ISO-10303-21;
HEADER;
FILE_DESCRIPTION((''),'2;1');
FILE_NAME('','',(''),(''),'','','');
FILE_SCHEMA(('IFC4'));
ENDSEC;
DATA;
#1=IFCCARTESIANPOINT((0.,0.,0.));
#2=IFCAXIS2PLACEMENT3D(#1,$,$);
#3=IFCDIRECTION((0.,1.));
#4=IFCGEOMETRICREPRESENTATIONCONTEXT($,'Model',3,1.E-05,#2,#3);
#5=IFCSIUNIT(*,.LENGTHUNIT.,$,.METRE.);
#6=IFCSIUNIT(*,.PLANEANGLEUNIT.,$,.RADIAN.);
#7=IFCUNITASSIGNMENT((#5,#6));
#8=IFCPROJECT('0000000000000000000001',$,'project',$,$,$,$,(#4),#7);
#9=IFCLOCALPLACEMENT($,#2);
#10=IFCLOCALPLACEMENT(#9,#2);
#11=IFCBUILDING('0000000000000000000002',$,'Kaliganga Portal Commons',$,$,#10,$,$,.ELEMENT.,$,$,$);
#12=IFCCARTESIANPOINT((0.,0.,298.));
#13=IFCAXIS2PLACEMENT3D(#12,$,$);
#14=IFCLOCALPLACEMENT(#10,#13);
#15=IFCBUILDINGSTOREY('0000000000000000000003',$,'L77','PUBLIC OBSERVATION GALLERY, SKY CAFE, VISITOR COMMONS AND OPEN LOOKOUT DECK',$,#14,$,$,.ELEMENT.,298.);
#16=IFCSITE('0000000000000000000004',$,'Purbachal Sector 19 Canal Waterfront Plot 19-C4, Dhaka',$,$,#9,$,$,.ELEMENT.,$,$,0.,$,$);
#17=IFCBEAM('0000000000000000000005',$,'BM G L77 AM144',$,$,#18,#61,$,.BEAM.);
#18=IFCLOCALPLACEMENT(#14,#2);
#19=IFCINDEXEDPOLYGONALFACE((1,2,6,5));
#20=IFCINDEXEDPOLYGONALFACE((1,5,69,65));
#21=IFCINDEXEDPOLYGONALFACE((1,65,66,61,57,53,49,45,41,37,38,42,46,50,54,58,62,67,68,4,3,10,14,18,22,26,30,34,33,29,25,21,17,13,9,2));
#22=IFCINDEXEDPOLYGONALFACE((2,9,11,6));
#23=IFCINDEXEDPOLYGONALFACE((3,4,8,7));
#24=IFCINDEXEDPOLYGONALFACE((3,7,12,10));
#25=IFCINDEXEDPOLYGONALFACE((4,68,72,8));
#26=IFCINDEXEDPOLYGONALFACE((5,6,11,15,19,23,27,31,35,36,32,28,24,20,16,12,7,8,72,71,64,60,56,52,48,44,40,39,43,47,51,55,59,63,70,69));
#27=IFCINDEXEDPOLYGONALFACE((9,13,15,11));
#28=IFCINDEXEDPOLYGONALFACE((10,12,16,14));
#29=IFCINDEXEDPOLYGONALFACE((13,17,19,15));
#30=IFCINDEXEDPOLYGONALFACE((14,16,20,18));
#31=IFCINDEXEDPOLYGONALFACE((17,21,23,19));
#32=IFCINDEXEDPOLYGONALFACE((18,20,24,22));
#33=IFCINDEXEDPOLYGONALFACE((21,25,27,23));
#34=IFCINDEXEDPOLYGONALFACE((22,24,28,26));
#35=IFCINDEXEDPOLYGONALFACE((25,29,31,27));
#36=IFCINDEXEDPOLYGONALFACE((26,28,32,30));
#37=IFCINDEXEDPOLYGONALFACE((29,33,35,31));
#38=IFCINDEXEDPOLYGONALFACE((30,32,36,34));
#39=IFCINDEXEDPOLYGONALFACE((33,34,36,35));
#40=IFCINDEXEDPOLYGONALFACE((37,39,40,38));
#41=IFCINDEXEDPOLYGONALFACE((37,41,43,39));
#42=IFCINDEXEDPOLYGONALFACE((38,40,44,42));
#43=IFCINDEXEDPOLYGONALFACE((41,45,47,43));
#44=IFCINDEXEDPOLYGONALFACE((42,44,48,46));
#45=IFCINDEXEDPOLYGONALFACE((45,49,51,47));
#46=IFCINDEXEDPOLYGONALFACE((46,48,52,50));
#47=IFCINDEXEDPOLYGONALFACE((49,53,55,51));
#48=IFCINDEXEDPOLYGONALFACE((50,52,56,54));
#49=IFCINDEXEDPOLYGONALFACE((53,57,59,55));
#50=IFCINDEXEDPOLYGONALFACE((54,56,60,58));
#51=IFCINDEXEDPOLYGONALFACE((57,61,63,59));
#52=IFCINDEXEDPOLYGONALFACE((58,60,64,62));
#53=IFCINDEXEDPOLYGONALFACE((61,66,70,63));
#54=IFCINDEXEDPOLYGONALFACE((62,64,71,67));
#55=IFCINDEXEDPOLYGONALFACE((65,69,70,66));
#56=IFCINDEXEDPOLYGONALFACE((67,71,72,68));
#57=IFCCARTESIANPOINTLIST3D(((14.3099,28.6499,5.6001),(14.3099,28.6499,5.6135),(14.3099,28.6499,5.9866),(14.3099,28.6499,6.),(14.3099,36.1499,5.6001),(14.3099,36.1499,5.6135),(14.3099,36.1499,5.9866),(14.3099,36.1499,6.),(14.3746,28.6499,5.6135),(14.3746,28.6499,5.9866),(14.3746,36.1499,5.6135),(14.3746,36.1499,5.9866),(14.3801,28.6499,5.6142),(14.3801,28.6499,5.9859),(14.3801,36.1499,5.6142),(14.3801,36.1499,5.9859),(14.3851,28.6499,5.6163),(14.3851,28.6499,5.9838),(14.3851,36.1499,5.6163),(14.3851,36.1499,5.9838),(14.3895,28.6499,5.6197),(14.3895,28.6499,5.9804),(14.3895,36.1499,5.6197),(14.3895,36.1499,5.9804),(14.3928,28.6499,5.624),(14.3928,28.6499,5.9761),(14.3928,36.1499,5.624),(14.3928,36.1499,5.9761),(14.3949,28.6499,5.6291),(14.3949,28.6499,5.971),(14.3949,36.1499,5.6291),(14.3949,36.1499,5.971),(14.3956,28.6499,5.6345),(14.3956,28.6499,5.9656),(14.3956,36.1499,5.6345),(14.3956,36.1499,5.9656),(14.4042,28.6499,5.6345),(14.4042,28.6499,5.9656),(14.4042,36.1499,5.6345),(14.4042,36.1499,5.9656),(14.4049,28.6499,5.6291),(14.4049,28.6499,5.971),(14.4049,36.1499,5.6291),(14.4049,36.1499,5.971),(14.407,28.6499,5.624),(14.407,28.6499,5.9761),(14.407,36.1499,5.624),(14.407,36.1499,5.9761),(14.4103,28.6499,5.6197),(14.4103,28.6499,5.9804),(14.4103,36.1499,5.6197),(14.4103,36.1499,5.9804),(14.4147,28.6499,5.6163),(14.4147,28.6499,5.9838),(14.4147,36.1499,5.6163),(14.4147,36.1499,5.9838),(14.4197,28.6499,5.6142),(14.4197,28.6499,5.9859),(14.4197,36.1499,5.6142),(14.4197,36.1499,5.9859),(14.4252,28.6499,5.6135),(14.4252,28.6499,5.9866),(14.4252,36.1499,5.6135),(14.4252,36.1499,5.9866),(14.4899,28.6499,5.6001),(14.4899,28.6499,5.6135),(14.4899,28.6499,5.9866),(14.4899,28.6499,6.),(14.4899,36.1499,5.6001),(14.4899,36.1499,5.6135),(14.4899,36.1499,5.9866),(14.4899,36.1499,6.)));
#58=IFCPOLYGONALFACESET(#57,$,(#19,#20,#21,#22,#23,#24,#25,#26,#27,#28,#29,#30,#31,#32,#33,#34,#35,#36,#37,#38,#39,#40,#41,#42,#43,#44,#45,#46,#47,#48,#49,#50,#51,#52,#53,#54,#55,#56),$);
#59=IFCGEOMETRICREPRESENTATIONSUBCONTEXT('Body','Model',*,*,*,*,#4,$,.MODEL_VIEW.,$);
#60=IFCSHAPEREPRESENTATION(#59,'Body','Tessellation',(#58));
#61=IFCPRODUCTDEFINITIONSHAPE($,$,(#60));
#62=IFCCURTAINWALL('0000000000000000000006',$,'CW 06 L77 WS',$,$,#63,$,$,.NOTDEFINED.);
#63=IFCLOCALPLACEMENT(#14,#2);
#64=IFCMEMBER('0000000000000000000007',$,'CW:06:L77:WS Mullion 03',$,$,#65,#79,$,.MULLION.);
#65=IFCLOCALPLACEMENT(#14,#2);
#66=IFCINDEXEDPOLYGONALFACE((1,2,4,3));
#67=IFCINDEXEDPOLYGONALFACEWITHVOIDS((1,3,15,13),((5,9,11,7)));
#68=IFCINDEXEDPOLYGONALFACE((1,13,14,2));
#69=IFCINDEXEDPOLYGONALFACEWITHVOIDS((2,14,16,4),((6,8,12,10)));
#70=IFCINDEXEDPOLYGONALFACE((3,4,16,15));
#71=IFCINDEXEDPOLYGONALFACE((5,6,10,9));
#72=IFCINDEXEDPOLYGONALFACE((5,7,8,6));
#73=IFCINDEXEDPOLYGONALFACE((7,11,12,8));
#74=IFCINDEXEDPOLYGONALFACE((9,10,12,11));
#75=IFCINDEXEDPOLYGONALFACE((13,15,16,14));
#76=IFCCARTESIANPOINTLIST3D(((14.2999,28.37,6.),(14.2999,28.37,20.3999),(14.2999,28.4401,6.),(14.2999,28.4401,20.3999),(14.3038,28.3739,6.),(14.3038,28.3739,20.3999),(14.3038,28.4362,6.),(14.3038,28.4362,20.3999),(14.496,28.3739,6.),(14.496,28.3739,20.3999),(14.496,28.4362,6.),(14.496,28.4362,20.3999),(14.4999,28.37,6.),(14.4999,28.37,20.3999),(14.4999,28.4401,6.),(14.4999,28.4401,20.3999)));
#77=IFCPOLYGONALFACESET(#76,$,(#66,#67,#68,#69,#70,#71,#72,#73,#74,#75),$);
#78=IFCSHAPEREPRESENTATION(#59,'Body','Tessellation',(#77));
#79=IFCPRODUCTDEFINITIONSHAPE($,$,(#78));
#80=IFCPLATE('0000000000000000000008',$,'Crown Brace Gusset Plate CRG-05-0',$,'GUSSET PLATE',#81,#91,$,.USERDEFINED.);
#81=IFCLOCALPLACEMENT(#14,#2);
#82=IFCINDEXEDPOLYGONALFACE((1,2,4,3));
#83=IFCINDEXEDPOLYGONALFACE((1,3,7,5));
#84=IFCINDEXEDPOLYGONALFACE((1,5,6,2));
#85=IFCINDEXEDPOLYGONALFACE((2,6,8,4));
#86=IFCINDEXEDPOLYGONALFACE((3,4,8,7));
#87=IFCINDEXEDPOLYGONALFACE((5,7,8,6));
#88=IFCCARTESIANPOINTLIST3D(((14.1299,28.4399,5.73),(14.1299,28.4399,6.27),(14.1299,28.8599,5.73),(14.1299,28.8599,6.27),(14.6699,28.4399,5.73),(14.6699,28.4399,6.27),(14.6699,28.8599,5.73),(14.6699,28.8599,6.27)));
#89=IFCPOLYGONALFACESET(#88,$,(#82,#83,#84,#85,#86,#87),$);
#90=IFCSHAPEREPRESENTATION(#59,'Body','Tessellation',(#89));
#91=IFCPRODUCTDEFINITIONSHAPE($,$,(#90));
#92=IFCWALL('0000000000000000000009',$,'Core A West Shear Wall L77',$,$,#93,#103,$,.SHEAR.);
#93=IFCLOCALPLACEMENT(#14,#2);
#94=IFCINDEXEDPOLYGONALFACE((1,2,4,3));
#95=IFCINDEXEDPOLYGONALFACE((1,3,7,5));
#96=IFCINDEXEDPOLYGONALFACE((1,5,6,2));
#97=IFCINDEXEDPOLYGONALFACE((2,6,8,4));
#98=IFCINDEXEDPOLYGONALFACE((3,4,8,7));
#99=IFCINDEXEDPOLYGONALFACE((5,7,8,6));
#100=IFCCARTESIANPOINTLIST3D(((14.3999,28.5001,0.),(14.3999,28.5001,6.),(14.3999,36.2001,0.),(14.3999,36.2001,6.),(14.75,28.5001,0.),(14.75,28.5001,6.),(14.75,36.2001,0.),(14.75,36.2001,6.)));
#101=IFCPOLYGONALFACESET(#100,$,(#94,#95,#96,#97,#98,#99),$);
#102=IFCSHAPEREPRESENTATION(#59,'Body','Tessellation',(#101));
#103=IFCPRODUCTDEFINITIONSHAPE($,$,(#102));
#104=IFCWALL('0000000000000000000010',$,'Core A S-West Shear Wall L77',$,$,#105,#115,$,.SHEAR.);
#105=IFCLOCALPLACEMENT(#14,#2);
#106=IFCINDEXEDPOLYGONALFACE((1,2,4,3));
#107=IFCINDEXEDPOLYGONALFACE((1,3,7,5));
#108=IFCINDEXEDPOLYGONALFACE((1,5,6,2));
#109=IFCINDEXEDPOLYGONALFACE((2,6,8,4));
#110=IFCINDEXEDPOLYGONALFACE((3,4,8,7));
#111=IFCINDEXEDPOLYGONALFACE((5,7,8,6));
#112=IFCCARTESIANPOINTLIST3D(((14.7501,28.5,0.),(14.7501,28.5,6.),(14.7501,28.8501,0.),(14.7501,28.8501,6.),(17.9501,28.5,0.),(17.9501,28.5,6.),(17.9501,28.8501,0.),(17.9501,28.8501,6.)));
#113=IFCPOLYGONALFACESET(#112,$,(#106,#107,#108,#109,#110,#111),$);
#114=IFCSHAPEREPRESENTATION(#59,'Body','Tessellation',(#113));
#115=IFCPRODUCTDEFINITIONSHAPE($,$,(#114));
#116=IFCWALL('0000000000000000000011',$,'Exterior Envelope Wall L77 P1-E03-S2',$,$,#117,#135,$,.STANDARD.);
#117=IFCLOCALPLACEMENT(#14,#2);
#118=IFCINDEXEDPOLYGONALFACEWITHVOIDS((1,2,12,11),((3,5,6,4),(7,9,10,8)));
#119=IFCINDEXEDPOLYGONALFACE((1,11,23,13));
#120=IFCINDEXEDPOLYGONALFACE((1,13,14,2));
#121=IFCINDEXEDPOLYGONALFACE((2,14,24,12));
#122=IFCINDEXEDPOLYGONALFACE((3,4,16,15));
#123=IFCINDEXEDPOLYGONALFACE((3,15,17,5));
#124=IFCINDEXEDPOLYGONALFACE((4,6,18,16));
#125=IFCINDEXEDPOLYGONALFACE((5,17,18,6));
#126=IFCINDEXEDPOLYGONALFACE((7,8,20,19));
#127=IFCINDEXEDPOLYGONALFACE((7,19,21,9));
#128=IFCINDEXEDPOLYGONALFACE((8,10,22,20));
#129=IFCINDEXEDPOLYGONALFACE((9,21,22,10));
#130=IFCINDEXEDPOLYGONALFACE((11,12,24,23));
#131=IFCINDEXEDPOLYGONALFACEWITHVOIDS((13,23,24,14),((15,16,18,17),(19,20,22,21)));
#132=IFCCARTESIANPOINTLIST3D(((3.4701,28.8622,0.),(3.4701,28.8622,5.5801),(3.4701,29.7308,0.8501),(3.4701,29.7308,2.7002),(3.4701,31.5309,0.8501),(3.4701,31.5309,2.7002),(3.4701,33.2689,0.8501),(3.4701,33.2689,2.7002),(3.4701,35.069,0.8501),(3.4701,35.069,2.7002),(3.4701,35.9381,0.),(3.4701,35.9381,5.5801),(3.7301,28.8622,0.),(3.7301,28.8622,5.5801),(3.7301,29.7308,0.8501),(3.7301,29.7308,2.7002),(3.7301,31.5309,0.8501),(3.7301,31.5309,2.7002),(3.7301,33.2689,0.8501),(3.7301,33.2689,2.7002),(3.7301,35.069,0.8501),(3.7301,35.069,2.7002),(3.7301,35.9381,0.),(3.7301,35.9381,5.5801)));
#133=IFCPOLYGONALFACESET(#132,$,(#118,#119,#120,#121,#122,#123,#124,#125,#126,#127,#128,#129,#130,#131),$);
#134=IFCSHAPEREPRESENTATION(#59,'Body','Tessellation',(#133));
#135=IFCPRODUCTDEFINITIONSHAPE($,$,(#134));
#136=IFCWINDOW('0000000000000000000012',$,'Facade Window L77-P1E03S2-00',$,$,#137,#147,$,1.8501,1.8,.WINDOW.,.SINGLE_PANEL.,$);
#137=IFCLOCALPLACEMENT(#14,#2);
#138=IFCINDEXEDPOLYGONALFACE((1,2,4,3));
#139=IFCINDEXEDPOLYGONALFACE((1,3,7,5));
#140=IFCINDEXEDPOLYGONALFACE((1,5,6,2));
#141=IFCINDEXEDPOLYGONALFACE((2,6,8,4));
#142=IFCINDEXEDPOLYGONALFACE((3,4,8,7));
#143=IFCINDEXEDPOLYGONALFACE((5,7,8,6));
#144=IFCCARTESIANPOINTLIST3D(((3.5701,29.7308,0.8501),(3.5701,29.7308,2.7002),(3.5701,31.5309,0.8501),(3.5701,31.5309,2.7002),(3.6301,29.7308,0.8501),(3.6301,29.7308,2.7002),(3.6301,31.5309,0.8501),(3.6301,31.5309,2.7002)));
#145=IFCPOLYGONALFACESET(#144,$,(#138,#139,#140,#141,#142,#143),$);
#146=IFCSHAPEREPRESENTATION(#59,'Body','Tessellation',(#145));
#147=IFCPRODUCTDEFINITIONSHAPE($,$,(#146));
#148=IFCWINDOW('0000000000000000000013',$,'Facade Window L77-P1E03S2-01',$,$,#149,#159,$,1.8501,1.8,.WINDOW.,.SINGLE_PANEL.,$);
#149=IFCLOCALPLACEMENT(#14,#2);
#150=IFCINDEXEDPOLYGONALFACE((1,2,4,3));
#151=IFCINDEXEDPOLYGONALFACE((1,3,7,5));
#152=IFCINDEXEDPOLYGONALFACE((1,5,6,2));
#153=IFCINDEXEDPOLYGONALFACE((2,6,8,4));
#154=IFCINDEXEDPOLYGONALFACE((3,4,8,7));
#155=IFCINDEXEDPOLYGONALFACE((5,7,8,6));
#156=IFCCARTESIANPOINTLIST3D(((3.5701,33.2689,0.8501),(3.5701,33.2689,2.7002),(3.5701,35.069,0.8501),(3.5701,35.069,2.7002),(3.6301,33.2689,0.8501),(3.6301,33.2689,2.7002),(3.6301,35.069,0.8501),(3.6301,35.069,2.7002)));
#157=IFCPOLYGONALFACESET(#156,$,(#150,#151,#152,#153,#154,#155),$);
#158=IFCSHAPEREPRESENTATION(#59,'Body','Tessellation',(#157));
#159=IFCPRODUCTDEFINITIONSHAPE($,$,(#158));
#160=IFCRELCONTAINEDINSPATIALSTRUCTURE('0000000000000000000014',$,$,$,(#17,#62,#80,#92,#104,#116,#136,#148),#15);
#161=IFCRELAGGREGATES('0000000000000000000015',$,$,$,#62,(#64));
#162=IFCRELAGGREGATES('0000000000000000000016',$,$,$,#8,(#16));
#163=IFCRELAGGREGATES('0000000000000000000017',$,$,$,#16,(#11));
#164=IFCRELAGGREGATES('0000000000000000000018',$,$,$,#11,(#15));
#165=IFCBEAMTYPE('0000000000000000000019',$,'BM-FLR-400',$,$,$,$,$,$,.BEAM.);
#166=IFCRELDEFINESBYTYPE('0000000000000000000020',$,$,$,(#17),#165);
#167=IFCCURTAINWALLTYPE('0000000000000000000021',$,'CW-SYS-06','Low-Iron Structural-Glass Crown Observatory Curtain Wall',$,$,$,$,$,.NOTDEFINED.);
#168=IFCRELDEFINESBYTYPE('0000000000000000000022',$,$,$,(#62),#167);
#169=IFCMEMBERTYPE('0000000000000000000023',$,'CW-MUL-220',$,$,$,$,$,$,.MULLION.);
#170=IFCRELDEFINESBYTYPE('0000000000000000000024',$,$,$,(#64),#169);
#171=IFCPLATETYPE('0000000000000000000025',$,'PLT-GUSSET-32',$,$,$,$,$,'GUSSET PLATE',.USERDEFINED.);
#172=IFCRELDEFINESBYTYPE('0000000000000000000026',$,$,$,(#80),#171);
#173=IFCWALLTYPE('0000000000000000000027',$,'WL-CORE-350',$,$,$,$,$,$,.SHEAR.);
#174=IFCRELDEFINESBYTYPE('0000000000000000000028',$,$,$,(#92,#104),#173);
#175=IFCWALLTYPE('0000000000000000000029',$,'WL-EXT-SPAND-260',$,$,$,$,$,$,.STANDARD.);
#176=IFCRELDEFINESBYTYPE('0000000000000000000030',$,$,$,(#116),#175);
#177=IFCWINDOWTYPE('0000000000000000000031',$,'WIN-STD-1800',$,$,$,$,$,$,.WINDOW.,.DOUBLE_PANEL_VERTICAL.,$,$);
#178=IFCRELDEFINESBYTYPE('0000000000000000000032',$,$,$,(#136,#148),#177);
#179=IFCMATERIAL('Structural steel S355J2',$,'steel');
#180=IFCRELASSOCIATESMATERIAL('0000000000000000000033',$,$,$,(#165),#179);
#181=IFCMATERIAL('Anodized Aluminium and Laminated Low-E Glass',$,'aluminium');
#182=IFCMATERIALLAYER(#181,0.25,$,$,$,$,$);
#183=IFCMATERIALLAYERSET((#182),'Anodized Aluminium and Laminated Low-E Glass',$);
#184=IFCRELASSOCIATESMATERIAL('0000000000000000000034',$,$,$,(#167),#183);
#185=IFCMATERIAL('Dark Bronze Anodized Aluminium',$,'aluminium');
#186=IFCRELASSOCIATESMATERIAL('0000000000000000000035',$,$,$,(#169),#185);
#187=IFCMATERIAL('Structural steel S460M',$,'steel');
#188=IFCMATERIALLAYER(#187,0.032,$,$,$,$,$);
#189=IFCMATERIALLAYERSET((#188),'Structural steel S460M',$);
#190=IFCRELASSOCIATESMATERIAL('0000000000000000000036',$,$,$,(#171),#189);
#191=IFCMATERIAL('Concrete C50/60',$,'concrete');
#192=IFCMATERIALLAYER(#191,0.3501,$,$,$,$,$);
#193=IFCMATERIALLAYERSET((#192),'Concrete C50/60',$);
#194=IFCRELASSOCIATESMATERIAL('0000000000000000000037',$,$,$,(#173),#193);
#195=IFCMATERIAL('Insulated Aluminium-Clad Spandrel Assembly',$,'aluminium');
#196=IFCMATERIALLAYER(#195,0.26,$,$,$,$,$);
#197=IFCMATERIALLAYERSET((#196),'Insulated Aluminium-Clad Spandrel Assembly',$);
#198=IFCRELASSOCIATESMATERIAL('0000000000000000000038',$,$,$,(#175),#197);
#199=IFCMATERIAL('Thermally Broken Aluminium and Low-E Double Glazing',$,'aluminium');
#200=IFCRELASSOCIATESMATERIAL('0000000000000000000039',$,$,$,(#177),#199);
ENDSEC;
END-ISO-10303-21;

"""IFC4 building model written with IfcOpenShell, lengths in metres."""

from ifc_helpers import new_model, si_unit, direction, frame, frame_2d, origin, origin_2d, place, context, subcontext, project, spatial, rectangle, hollow_rectangle, i_section, extrude, source, transform, mapped, material, layer, layer_set, material_profile, profile_set, type_object, element, fill, aggregate, save


model = new_model("IFC4")

# Units and contexts
model_context = context("Model", 3, precision=1e-05, world=origin(), true_north=direction((0.0, 1.0)))
body_context = subcontext(model_context, "Body", "Model", "MODEL_VIEW")
ifc_project = project(units=[si_unit("LENGTHUNIT", "METRE"), si_unit("PLANEANGLEUNIT", "RADIAN")], contexts=[model_context])

# Site, building, storey
site_placement = place(None, origin())
site = spatial("IfcSite", under=ifc_project, at=site_placement, Name="Purbachal Sector 19 Canal Waterfront Plot 19-C4, Dhaka", CompositionType="ELEMENT", RefElevation=0.0)
building_placement = place(site_placement, origin())
building = spatial("IfcBuilding", under=site, at=building_placement, Name="Kaliganga Portal Commons", CompositionType="ELEMENT")
storey_placement = place(building_placement, frame((0.0, 0.0, 298.0)))
storey = spatial("IfcBuildingStorey", under=building, at=storey_placement, Name="L77", Description="PUBLIC OBSERVATION GALLERY, SKY CAFE, VISITOR COMMONS AND OPEN LOOKOUT DECK", CompositionType="ELEMENT", Elevation=298.0)

# Shared definitions
ifc_material_1 = material(Name="Concrete C50/60", Category="concrete")
ifc_material_2 = material(Name="Structural steel S460M", Category="steel")

# Beam
ifc_material_3 = material(Name="Structural steel S355J2", Category="steel")
ifc_material_profile_1 = material_profile(ifc_material_3, i_section(OverallWidth=0.1799, OverallDepth=0.3999, WebThickness=0.0085, FlangeThickness=0.0134, FilletRadius=0.021, at=origin_2d()), Name="IPE 400")
ifc_profile_set_1 = profile_set([ifc_material_profile_1], Name="Structural steel S355J2 wide-flange")
beam_type_1 = type_object("IfcBeamType", Name="BM-FLR-400", PredefinedType="BEAM", material=ifc_profile_set_1)
shared_shape_1 = source(origin(), body_context, "Body", "SweptSolid", [
    extrude(i_section(OverallWidth=0.1799, OverallDepth=0.3999, WebThickness=0.0085, FlangeThickness=0.0134, FilletRadius=0.021, at=origin_2d()), origin(), (0.0, 0.0, 1.0), 7.5),
])
for number, where, z_axis, x_axis, name in (
    (1, (14.3999, 28.6499, 5.8), (0.0, 1.0, 0.0), (-1.0, 0.0, 0.0), "BM G L77 AM144"),
):
    element("IfcBeam", number, at=place(storey_placement, frame(where, z_axis=z_axis, x_axis=x_axis)), inside=storey, type_object=beam_type_1, Name=name, PredefinedType="BEAM", context=body_context, shape_type="MappedRepresentation", body=[
        mapped(shared_shape_1, transform((0.0, 0.0, 0.0), x_axis=(1.0, 0.0, 0.0), y_axis=(0.0, 1.0, 0.0), z_axis=(0.0, 0.0, 1.0), scale=1.0)),
    ])

# Curtain wall, member
ifc_material_4 = material(Name="Anodized Aluminium and Laminated Low-E Glass", Category="aluminium")
ifc_layer_1 = layer(ifc_material_4, 0.25)
ifc_layer_set_1 = layer_set([ifc_layer_1], Name="Anodized Aluminium and Laminated Low-E Glass")
curtain_wall_type = type_object("IfcCurtainWallType", Name="CW-SYS-06", Description="Low-Iron Structural-Glass Crown Observatory Curtain Wall", PredefinedType="NOTDEFINED", material=ifc_layer_set_1)
curtain_wall_placement = place(storey_placement, origin())
curtain_wall = element("IfcCurtainWall", 2, at=curtain_wall_placement, inside=storey, type_object=curtain_wall_type, Name="CW 06 L77 WS", PredefinedType="NOTDEFINED")
ifc_material_5 = material(Name="Dark Bronze Anodized Aluminium", Category="aluminium")
ifc_material_profile_2 = material_profile(ifc_material_5, hollow_rectangle(XDim=0.0701, YDim=0.2, WallThickness=0.0039, at=origin_2d()), Name="ALU MULL 70x200x4")
ifc_profile_set_2 = profile_set([ifc_material_profile_2], Name="Dark Bronze Anodized Aluminium")
member_type = type_object("IfcMemberType", Name="CW-MUL-220", PredefinedType="MULLION", material=ifc_profile_set_2)
shared_shape_2 = source(origin(), body_context, "Body", "SweptSolid", [
    extrude(hollow_rectangle(XDim=0.0701, YDim=0.2, WallThickness=0.0039, at=origin_2d()), origin(), (0.0, 0.0, 1.0), 14.3999),
])
member_placement = place(storey_placement, frame((14.3999, 28.405, 6.0), z_axis=(0.0, 0.0, 1.0), x_axis=(0.0, 1.0, 0.0)))
member = element("IfcMember", 3, at=member_placement, type_object=member_type, Name="CW:06:L77:WS Mullion 03", PredefinedType="MULLION", context=body_context, shape_type="MappedRepresentation", body=[
    mapped(shared_shape_2, transform((0.0, 0.0, 0.0), x_axis=(1.0, 0.0, 0.0), y_axis=(0.0, 1.0, 0.0), z_axis=(0.0, 0.0, 1.0), scale=1.0)),
])
aggregate(curtain_wall, [member])

# Plate
ifc_layer_2 = layer(ifc_material_2, 0.032)
ifc_layer_set_2 = layer_set([ifc_layer_2], Name="Structural steel S460M")
plate_type = type_object("IfcPlateType", Name="PLT-GUSSET-32", ElementType="GUSSET PLATE", PredefinedType="USERDEFINED", material=ifc_layer_set_2)
shared_shape_3 = source(origin(), body_context, "Body", "SweptSolid", [
    extrude(rectangle(XDim=0.54, YDim=0.4199, at=origin_2d()), origin(), (0.0, 0.0, 1.0), 0.54),
])
plate_placement = place(storey_placement, frame((14.3999, 28.6499, 5.73), z_axis=(0.0, 0.0, 1.0), x_axis=(1.0, 0.0, 0.0)))
element("IfcPlate", 4, at=plate_placement, inside=storey, type_object=plate_type, Name="Crown Brace Gusset Plate CRG-05-0", ObjectType="GUSSET PLATE", PredefinedType="USERDEFINED", context=body_context, shape_type="MappedRepresentation", body=[
    mapped(shared_shape_3, transform((0.0, 0.0, 0.0), x_axis=(1.0, 0.0, 0.0), y_axis=(0.0, 1.0, 0.0), z_axis=(0.0, 0.0, 1.0), scale=1.0)),
])

# Walls
ifc_layer_3 = layer(ifc_material_1, 0.3501)
ifc_layer_set_3 = layer_set([ifc_layer_3], Name="Concrete C50/60")
wall_type_1 = type_object("IfcWallType", Name="WL-CORE-350", PredefinedType="SHEAR", material=ifc_layer_set_3)
wall_1_placement = place(storey_placement, frame((14.575, 28.5, 0.0), z_axis=(0.0, 0.0, 1.0), x_axis=(0.0, 1.0, 0.0)))
element("IfcWall", 5, at=wall_1_placement, inside=storey, type_object=wall_type_1, Name="Core A West Shear Wall L77", PredefinedType="SHEAR", context=body_context, shape_type="SweptSolid", body=[
    extrude(rectangle(XDim=7.7, YDim=0.3501, at=frame_2d((3.8501, 0.0))), origin(), (0.0, 0.0, 1.0), 6.0),
])
wall_2_placement = place(storey_placement, frame((14.75, 28.675, 0.0), z_axis=(0.0, 0.0, 1.0), x_axis=(1.0, 0.0, 0.0)))
element("IfcWall", 6, at=wall_2_placement, inside=storey, type_object=wall_type_1, Name="Core A S-West Shear Wall L77", PredefinedType="SHEAR", context=body_context, shape_type="SweptSolid", body=[
    extrude(rectangle(XDim=3.2, YDim=0.3501, at=frame_2d((1.6001, 0.0))), origin(), (0.0, 0.0, 1.0), 6.0),
])

# Wall, openings, windows
ifc_material_6 = material(Name="Insulated Aluminium-Clad Spandrel Assembly", Category="aluminium")
ifc_layer_4 = layer(ifc_material_6, 0.26)
ifc_layer_set_4 = layer_set([ifc_layer_4], Name="Insulated Aluminium-Clad Spandrel Assembly")
wall_type_2 = type_object("IfcWallType", Name="WL-EXT-SPAND-260", PredefinedType="STANDARD", material=ifc_layer_set_4)
wall_3_placement = place(storey_placement, frame((3.6001, 28.8621, 0.0), z_axis=(0.0, 0.0, 1.0), x_axis=(0.0, 1.0, 0.0)))
wall_3 = element("IfcWall", 7, at=wall_3_placement, inside=storey, type_object=wall_type_2, Name="Exterior Envelope Wall L77 P1-E03-S2", PredefinedType="STANDARD", context=body_context, shape_type="SweptSolid", body=[
    extrude(rectangle(XDim=7.0759, YDim=0.26, at=frame_2d((3.5381, 0.0))), origin(), (0.0, 0.0, 1.0), 5.5801),
])
opening_1_placement = place(wall_3_placement, frame((0.8689, 0.0, 0.8501)))
opening_1 = element("IfcOpeningElement", 8, at=opening_1_placement, cuts=wall_3, PredefinedType="OPENING", context=body_context, shape_type="SweptSolid", body=[
    extrude(rectangle(XDim=1.8, YDim=1.8501, at=frame_2d((0.8999, 0.925))), frame((0.0, 0.1401, 0.0), z_axis=(0.0, -1.0, 0.0), x_axis=(1.0, 0.0, 0.0)), (0.0, 0.0, 1.0), 0.28),
])
opening_2_placement = place(wall_3_placement, frame((4.407, 0.0, 0.8501)))
opening_2 = element("IfcOpeningElement", 9, at=opening_2_placement, cuts=wall_3, PredefinedType="OPENING", context=body_context, shape_type="SweptSolid", body=[
    extrude(rectangle(XDim=1.8, YDim=1.8501, at=frame_2d((0.8999, 0.925))), frame((0.0, 0.1401, 0.0), z_axis=(0.0, -1.0, 0.0), x_axis=(1.0, 0.0, 0.0)), (0.0, 0.0, 1.0), 0.28),
])
ifc_material_7 = material(Name="Thermally Broken Aluminium and Low-E Double Glazing", Category="aluminium")
window_type = type_object("IfcWindowType", Name="WIN-STD-1800", PartitioningType="DOUBLE_PANEL_VERTICAL", PredefinedType="WINDOW", material=ifc_material_7)
window_1_placement = place(opening_1_placement, origin())
window_1 = element("IfcWindow", 10, at=window_1_placement, inside=storey, type_object=window_type, Name="Facade Window L77-P1E03S2-00", OverallHeight=1.8501, OverallWidth=1.8, PartitioningType="SINGLE_PANEL", PredefinedType="WINDOW", context=body_context, shape_type="SweptSolid", body=[
    extrude(rectangle(XDim=1.8, YDim=1.8501, at=frame_2d((0.8999, 0.925))), frame((0.0, 0.03, 0.0), z_axis=(0.0, -1.0, 0.0), x_axis=(1.0, 0.0, 0.0)), (0.0, 0.0, 1.0), 0.0601),
])
fill(opening_1, window_1)
window_2_placement = place(opening_2_placement, origin())
window_2 = element("IfcWindow", 11, at=window_2_placement, inside=storey, type_object=window_type, Name="Facade Window L77-P1E03S2-01", OverallHeight=1.8501, OverallWidth=1.8, PartitioningType="SINGLE_PANEL", PredefinedType="WINDOW", context=body_context, shape_type="SweptSolid", body=[
    extrude(rectangle(XDim=1.8, YDim=1.8501, at=frame_2d((0.8999, 0.925))), frame((0.0, 0.03, 0.0), z_axis=(0.0, -1.0, 0.0), x_axis=(1.0, 0.0, 0.0)), (0.0, 0.0, 1.0), 0.0601),
])
fill(opening_2, window_2)

save(model, "model.ifc")
